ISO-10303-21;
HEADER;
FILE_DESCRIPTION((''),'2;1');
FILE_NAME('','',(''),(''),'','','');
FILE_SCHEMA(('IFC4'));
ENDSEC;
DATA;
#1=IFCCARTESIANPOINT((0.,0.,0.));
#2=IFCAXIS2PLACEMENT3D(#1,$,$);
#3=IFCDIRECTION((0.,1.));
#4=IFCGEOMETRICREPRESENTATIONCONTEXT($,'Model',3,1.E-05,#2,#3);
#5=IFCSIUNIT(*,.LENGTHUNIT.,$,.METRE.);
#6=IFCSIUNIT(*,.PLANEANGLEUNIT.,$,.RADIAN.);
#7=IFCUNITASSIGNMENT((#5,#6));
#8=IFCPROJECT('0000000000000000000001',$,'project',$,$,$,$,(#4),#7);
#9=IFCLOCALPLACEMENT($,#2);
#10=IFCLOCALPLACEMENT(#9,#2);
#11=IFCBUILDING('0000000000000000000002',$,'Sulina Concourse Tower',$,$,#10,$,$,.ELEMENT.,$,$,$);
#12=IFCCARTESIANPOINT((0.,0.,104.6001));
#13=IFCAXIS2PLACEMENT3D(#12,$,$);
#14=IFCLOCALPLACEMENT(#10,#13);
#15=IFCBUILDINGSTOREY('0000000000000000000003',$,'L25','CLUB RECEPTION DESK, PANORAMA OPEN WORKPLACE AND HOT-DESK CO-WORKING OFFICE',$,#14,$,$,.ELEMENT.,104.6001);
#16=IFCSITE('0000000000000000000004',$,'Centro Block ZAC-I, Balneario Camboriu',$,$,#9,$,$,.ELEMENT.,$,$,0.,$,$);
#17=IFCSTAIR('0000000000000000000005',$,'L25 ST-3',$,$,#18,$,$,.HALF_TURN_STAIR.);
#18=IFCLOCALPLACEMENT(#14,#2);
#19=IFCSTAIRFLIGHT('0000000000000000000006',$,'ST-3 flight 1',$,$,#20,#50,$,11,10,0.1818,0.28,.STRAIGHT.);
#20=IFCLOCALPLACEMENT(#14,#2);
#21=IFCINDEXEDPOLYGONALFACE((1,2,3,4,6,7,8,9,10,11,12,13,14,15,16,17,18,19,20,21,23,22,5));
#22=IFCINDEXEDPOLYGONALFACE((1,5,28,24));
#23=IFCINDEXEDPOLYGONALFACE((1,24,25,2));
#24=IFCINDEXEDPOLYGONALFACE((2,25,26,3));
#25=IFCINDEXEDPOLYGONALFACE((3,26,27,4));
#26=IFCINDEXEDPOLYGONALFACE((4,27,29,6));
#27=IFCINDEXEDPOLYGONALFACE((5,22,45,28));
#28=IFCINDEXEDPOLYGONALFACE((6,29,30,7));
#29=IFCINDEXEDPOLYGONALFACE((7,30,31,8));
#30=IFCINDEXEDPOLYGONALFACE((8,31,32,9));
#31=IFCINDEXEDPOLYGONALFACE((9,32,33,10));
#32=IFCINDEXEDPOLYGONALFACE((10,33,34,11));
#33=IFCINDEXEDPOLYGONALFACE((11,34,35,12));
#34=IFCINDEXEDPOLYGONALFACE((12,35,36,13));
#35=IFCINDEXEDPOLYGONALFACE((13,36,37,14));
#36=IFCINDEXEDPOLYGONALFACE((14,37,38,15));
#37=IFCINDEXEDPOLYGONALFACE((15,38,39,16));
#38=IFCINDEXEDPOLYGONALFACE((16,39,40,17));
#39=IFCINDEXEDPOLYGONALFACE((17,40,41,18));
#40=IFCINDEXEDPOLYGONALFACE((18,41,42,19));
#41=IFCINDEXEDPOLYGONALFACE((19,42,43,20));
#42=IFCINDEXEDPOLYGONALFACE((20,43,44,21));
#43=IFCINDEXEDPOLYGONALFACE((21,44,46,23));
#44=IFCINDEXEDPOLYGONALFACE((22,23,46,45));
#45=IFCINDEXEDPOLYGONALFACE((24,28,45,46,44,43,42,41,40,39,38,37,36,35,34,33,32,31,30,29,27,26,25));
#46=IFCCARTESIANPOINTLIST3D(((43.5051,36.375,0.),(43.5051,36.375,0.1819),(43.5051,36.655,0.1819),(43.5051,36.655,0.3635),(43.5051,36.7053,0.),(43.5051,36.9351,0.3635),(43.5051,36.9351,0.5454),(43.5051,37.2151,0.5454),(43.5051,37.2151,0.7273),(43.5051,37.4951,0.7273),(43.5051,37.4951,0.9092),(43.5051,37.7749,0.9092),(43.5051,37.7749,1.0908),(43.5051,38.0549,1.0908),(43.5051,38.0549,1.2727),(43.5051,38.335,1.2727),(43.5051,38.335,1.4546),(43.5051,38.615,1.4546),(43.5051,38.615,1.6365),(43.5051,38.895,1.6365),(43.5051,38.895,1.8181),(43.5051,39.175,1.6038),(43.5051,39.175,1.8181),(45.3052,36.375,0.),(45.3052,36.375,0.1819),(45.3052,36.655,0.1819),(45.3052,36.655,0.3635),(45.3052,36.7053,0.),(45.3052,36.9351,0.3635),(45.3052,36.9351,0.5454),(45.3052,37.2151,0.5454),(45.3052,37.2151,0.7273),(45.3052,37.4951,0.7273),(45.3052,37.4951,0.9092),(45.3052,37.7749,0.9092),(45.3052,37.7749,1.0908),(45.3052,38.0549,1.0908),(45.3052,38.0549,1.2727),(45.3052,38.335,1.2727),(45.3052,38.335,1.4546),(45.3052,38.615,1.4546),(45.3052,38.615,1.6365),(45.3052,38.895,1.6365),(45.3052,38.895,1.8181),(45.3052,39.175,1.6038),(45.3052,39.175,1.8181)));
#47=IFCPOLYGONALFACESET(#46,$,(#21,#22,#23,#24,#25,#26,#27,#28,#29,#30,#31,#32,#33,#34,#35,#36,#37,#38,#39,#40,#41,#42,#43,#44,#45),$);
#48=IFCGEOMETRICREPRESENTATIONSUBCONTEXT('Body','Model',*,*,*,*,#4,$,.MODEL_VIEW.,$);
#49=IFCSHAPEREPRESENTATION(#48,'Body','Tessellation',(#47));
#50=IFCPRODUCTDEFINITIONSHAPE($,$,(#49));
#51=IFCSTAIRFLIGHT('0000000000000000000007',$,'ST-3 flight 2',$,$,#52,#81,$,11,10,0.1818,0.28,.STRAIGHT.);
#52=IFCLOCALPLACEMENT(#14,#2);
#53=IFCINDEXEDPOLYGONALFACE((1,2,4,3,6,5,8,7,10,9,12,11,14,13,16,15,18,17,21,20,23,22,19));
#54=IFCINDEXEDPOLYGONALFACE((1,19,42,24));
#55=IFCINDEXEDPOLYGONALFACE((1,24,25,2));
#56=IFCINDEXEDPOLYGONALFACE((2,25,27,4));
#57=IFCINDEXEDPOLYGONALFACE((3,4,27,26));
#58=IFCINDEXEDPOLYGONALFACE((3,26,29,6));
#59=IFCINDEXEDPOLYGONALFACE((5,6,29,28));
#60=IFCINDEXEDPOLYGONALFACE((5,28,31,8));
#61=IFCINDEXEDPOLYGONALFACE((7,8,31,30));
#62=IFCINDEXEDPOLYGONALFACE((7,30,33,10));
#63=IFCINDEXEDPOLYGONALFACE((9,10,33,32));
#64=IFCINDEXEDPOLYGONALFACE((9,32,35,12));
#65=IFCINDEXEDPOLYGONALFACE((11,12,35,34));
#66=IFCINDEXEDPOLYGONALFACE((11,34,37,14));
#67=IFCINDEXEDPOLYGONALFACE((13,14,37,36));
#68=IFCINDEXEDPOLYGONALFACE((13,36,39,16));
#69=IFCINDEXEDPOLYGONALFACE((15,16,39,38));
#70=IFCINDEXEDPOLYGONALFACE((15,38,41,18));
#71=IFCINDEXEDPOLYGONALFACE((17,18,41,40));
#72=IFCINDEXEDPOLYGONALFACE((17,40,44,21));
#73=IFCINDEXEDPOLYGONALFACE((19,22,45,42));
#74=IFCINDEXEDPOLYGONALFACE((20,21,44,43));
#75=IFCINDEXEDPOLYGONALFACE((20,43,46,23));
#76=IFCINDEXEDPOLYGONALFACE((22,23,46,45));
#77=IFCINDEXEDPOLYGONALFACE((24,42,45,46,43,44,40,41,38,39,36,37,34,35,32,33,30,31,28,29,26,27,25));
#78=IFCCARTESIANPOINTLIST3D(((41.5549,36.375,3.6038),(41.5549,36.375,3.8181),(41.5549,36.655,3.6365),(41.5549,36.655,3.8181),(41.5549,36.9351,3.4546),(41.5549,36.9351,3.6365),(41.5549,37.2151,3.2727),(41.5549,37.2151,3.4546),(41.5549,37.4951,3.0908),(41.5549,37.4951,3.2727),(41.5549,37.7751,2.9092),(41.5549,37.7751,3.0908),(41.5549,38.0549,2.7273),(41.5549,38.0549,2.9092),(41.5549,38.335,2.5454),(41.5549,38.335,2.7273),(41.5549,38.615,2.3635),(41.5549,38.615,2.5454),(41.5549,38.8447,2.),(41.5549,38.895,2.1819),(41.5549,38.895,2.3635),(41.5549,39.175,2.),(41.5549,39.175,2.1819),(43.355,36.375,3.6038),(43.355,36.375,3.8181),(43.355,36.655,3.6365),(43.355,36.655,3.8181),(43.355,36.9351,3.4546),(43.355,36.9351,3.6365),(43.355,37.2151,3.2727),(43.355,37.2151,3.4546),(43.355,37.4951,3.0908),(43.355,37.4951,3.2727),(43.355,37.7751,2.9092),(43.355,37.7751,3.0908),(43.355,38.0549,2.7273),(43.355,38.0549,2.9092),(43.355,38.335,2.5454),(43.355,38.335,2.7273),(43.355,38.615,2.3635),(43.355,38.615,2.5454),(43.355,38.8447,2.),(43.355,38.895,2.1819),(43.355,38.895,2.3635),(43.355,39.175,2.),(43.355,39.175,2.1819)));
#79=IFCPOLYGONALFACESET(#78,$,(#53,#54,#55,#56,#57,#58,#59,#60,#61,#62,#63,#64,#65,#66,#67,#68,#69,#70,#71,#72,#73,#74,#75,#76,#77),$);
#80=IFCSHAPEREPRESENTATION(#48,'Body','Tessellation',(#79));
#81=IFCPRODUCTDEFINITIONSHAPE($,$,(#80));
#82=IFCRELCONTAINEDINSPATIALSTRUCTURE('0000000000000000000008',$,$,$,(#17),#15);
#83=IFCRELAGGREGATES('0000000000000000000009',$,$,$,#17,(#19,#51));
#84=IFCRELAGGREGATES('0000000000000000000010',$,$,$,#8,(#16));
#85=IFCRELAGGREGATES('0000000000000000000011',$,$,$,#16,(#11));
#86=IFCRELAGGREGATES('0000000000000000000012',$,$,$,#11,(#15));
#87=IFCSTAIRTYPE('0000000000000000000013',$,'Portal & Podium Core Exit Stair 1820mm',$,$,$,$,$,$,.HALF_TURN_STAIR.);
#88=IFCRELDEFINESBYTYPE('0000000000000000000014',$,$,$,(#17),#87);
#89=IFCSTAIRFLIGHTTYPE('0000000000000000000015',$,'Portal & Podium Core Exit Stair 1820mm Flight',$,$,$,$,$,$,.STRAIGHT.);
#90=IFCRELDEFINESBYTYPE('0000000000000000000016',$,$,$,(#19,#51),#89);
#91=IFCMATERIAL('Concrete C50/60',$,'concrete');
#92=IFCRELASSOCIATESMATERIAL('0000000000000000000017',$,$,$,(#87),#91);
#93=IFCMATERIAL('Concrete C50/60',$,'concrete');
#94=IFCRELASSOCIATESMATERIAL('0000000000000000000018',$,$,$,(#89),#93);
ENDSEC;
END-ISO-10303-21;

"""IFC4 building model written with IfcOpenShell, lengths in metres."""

from ifc_helpers import new_model, si_unit, direction, frame, origin, place, context, subcontext, project, spatial, polyline, outline, extrude, material, type_object, element, aggregate, save


model = new_model("IFC4")

# Units and contexts
model_context = context("Model", 3, precision=1e-05, world=origin(), true_north=direction((0.0, 1.0)))
body_context = subcontext(model_context, "Body", "Model", "MODEL_VIEW")
ifc_project = project(units=[si_unit("LENGTHUNIT", "METRE"), si_unit("PLANEANGLEUNIT", "RADIAN")], contexts=[model_context])

# Site, building, storey
site_placement = place(None, origin())
site = spatial("IfcSite", under=ifc_project, at=site_placement, Name="Centro Block ZAC-I, Balneario Camboriu", CompositionType="ELEMENT", RefElevation=0.0)
building_placement = place(site_placement, origin())
building = spatial("IfcBuilding", under=site, at=building_placement, Name="Sulina Concourse Tower", CompositionType="ELEMENT")
storey_placement = place(building_placement, frame((0.0, 0.0, 104.6001)))
storey = spatial("IfcBuildingStorey", under=building, at=storey_placement, Name="L25", Description="CLUB RECEPTION DESK, PANORAMA OPEN WORKPLACE AND HOT-DESK CO-WORKING OFFICE", CompositionType="ELEMENT", Elevation=104.6001)

# Stair, stair flights
ifc_material_1 = material(Name="Concrete C50/60", Category="concrete")
stair_type = type_object("IfcStairType", Name="Portal & Podium Core Exit Stair 1820mm", PredefinedType="HALF_TURN_STAIR", material=ifc_material_1)
stair_placement = place(storey_placement, origin())
stair = element("IfcStair", 1, at=stair_placement, inside=storey, type_object=stair_type, Name="L25 ST-3", PredefinedType="HALF_TURN_STAIR")
ifc_material_2 = material(Name="Concrete C50/60", Category="concrete")
stair_flight_type = type_object("IfcStairFlightType", Name="Portal & Podium Core Exit Stair 1820mm Flight", PredefinedType="STRAIGHT", material=ifc_material_2)
stair_flight_1_placement = place(storey_placement, frame((44.405, 36.375, 0.0), z_axis=(0.0, 0.0, 1.0), x_axis=(0.0, 1.0, 0.0)))
stair_flight_1 = element("IfcStairFlight", 2, at=stair_flight_1_placement, type_object=stair_flight_type, Name="ST-3 flight 1", NumberOfRisers=11, NumberOfTreads=10, PredefinedType="STRAIGHT", RiserHeight=0.1818, TreadLength=0.28, context=body_context, shape_type="SweptSolid", body=[
    extrude(outline(polyline([(0.0, 0.0), (0.0, 0.1819), (0.28, 0.1819), (0.28, 0.3635), (0.5601, 0.3635), (0.5601, 0.5454), (0.8401, 0.5454), (0.8401, 0.7273), (1.1201, 0.7273), (1.1201, 0.9092), (1.3999, 0.9092), (1.3999, 1.0908), (1.6799, 1.0908), (1.6799, 1.2727), (1.96, 1.2727), (1.96, 1.4546), (2.24, 1.4546), (2.24, 1.6365), (2.52, 1.6365), (2.52, 1.8181), (2.8, 1.8181), (2.8, 2.0), (2.8, 1.6038), (0.3303, 0.0), (0.0, 0.0)])), frame((0.0, 0.8999, 0.0), z_axis=(0.0, -1.0, 0.0), x_axis=(1.0, 0.0, 0.0)), (0.0, 0.0, 1.0), 1.8),
])
stair_flight_2_placement = place(storey_placement, frame((42.4551, 39.175, 2.0), z_axis=(0.0, 0.0, 1.0), x_axis=(0.0, -1.0, 0.0)))
stair_flight_2 = element("IfcStairFlight", 3, at=stair_flight_2_placement, type_object=stair_flight_type, Name="ST-3 flight 2", NumberOfRisers=11, NumberOfTreads=10, PredefinedType="STRAIGHT", RiserHeight=0.1818, TreadLength=0.28, context=body_context, shape_type="SweptSolid", body=[
    extrude(outline(polyline([(0.0, 0.0), (0.0, 0.1819), (0.28, 0.1819), (0.28, 0.3635), (0.5601, 0.3635), (0.5601, 0.5454), (0.8401, 0.5454), (0.8401, 0.7273), (1.1201, 0.7273), (1.1201, 0.9092), (1.3999, 0.9092), (1.3999, 1.0908), (1.6799, 1.0908), (1.6799, 1.2727), (1.96, 1.2727), (1.96, 1.4546), (2.24, 1.4546), (2.24, 1.6365), (2.52, 1.6365), (2.52, 1.8181), (2.8, 1.8181), (2.8, 2.0), (2.8, 1.6038), (0.3303, 0.0), (0.0, 0.0)])), frame((0.0, 0.8999, 0.0), z_axis=(0.0, -1.0, 0.0), x_axis=(1.0, 0.0, 0.0)), (0.0, 0.0, 1.0), 1.8),
])
aggregate(stair, [stair_flight_1, stair_flight_2])

save(model, "model.ifc")
